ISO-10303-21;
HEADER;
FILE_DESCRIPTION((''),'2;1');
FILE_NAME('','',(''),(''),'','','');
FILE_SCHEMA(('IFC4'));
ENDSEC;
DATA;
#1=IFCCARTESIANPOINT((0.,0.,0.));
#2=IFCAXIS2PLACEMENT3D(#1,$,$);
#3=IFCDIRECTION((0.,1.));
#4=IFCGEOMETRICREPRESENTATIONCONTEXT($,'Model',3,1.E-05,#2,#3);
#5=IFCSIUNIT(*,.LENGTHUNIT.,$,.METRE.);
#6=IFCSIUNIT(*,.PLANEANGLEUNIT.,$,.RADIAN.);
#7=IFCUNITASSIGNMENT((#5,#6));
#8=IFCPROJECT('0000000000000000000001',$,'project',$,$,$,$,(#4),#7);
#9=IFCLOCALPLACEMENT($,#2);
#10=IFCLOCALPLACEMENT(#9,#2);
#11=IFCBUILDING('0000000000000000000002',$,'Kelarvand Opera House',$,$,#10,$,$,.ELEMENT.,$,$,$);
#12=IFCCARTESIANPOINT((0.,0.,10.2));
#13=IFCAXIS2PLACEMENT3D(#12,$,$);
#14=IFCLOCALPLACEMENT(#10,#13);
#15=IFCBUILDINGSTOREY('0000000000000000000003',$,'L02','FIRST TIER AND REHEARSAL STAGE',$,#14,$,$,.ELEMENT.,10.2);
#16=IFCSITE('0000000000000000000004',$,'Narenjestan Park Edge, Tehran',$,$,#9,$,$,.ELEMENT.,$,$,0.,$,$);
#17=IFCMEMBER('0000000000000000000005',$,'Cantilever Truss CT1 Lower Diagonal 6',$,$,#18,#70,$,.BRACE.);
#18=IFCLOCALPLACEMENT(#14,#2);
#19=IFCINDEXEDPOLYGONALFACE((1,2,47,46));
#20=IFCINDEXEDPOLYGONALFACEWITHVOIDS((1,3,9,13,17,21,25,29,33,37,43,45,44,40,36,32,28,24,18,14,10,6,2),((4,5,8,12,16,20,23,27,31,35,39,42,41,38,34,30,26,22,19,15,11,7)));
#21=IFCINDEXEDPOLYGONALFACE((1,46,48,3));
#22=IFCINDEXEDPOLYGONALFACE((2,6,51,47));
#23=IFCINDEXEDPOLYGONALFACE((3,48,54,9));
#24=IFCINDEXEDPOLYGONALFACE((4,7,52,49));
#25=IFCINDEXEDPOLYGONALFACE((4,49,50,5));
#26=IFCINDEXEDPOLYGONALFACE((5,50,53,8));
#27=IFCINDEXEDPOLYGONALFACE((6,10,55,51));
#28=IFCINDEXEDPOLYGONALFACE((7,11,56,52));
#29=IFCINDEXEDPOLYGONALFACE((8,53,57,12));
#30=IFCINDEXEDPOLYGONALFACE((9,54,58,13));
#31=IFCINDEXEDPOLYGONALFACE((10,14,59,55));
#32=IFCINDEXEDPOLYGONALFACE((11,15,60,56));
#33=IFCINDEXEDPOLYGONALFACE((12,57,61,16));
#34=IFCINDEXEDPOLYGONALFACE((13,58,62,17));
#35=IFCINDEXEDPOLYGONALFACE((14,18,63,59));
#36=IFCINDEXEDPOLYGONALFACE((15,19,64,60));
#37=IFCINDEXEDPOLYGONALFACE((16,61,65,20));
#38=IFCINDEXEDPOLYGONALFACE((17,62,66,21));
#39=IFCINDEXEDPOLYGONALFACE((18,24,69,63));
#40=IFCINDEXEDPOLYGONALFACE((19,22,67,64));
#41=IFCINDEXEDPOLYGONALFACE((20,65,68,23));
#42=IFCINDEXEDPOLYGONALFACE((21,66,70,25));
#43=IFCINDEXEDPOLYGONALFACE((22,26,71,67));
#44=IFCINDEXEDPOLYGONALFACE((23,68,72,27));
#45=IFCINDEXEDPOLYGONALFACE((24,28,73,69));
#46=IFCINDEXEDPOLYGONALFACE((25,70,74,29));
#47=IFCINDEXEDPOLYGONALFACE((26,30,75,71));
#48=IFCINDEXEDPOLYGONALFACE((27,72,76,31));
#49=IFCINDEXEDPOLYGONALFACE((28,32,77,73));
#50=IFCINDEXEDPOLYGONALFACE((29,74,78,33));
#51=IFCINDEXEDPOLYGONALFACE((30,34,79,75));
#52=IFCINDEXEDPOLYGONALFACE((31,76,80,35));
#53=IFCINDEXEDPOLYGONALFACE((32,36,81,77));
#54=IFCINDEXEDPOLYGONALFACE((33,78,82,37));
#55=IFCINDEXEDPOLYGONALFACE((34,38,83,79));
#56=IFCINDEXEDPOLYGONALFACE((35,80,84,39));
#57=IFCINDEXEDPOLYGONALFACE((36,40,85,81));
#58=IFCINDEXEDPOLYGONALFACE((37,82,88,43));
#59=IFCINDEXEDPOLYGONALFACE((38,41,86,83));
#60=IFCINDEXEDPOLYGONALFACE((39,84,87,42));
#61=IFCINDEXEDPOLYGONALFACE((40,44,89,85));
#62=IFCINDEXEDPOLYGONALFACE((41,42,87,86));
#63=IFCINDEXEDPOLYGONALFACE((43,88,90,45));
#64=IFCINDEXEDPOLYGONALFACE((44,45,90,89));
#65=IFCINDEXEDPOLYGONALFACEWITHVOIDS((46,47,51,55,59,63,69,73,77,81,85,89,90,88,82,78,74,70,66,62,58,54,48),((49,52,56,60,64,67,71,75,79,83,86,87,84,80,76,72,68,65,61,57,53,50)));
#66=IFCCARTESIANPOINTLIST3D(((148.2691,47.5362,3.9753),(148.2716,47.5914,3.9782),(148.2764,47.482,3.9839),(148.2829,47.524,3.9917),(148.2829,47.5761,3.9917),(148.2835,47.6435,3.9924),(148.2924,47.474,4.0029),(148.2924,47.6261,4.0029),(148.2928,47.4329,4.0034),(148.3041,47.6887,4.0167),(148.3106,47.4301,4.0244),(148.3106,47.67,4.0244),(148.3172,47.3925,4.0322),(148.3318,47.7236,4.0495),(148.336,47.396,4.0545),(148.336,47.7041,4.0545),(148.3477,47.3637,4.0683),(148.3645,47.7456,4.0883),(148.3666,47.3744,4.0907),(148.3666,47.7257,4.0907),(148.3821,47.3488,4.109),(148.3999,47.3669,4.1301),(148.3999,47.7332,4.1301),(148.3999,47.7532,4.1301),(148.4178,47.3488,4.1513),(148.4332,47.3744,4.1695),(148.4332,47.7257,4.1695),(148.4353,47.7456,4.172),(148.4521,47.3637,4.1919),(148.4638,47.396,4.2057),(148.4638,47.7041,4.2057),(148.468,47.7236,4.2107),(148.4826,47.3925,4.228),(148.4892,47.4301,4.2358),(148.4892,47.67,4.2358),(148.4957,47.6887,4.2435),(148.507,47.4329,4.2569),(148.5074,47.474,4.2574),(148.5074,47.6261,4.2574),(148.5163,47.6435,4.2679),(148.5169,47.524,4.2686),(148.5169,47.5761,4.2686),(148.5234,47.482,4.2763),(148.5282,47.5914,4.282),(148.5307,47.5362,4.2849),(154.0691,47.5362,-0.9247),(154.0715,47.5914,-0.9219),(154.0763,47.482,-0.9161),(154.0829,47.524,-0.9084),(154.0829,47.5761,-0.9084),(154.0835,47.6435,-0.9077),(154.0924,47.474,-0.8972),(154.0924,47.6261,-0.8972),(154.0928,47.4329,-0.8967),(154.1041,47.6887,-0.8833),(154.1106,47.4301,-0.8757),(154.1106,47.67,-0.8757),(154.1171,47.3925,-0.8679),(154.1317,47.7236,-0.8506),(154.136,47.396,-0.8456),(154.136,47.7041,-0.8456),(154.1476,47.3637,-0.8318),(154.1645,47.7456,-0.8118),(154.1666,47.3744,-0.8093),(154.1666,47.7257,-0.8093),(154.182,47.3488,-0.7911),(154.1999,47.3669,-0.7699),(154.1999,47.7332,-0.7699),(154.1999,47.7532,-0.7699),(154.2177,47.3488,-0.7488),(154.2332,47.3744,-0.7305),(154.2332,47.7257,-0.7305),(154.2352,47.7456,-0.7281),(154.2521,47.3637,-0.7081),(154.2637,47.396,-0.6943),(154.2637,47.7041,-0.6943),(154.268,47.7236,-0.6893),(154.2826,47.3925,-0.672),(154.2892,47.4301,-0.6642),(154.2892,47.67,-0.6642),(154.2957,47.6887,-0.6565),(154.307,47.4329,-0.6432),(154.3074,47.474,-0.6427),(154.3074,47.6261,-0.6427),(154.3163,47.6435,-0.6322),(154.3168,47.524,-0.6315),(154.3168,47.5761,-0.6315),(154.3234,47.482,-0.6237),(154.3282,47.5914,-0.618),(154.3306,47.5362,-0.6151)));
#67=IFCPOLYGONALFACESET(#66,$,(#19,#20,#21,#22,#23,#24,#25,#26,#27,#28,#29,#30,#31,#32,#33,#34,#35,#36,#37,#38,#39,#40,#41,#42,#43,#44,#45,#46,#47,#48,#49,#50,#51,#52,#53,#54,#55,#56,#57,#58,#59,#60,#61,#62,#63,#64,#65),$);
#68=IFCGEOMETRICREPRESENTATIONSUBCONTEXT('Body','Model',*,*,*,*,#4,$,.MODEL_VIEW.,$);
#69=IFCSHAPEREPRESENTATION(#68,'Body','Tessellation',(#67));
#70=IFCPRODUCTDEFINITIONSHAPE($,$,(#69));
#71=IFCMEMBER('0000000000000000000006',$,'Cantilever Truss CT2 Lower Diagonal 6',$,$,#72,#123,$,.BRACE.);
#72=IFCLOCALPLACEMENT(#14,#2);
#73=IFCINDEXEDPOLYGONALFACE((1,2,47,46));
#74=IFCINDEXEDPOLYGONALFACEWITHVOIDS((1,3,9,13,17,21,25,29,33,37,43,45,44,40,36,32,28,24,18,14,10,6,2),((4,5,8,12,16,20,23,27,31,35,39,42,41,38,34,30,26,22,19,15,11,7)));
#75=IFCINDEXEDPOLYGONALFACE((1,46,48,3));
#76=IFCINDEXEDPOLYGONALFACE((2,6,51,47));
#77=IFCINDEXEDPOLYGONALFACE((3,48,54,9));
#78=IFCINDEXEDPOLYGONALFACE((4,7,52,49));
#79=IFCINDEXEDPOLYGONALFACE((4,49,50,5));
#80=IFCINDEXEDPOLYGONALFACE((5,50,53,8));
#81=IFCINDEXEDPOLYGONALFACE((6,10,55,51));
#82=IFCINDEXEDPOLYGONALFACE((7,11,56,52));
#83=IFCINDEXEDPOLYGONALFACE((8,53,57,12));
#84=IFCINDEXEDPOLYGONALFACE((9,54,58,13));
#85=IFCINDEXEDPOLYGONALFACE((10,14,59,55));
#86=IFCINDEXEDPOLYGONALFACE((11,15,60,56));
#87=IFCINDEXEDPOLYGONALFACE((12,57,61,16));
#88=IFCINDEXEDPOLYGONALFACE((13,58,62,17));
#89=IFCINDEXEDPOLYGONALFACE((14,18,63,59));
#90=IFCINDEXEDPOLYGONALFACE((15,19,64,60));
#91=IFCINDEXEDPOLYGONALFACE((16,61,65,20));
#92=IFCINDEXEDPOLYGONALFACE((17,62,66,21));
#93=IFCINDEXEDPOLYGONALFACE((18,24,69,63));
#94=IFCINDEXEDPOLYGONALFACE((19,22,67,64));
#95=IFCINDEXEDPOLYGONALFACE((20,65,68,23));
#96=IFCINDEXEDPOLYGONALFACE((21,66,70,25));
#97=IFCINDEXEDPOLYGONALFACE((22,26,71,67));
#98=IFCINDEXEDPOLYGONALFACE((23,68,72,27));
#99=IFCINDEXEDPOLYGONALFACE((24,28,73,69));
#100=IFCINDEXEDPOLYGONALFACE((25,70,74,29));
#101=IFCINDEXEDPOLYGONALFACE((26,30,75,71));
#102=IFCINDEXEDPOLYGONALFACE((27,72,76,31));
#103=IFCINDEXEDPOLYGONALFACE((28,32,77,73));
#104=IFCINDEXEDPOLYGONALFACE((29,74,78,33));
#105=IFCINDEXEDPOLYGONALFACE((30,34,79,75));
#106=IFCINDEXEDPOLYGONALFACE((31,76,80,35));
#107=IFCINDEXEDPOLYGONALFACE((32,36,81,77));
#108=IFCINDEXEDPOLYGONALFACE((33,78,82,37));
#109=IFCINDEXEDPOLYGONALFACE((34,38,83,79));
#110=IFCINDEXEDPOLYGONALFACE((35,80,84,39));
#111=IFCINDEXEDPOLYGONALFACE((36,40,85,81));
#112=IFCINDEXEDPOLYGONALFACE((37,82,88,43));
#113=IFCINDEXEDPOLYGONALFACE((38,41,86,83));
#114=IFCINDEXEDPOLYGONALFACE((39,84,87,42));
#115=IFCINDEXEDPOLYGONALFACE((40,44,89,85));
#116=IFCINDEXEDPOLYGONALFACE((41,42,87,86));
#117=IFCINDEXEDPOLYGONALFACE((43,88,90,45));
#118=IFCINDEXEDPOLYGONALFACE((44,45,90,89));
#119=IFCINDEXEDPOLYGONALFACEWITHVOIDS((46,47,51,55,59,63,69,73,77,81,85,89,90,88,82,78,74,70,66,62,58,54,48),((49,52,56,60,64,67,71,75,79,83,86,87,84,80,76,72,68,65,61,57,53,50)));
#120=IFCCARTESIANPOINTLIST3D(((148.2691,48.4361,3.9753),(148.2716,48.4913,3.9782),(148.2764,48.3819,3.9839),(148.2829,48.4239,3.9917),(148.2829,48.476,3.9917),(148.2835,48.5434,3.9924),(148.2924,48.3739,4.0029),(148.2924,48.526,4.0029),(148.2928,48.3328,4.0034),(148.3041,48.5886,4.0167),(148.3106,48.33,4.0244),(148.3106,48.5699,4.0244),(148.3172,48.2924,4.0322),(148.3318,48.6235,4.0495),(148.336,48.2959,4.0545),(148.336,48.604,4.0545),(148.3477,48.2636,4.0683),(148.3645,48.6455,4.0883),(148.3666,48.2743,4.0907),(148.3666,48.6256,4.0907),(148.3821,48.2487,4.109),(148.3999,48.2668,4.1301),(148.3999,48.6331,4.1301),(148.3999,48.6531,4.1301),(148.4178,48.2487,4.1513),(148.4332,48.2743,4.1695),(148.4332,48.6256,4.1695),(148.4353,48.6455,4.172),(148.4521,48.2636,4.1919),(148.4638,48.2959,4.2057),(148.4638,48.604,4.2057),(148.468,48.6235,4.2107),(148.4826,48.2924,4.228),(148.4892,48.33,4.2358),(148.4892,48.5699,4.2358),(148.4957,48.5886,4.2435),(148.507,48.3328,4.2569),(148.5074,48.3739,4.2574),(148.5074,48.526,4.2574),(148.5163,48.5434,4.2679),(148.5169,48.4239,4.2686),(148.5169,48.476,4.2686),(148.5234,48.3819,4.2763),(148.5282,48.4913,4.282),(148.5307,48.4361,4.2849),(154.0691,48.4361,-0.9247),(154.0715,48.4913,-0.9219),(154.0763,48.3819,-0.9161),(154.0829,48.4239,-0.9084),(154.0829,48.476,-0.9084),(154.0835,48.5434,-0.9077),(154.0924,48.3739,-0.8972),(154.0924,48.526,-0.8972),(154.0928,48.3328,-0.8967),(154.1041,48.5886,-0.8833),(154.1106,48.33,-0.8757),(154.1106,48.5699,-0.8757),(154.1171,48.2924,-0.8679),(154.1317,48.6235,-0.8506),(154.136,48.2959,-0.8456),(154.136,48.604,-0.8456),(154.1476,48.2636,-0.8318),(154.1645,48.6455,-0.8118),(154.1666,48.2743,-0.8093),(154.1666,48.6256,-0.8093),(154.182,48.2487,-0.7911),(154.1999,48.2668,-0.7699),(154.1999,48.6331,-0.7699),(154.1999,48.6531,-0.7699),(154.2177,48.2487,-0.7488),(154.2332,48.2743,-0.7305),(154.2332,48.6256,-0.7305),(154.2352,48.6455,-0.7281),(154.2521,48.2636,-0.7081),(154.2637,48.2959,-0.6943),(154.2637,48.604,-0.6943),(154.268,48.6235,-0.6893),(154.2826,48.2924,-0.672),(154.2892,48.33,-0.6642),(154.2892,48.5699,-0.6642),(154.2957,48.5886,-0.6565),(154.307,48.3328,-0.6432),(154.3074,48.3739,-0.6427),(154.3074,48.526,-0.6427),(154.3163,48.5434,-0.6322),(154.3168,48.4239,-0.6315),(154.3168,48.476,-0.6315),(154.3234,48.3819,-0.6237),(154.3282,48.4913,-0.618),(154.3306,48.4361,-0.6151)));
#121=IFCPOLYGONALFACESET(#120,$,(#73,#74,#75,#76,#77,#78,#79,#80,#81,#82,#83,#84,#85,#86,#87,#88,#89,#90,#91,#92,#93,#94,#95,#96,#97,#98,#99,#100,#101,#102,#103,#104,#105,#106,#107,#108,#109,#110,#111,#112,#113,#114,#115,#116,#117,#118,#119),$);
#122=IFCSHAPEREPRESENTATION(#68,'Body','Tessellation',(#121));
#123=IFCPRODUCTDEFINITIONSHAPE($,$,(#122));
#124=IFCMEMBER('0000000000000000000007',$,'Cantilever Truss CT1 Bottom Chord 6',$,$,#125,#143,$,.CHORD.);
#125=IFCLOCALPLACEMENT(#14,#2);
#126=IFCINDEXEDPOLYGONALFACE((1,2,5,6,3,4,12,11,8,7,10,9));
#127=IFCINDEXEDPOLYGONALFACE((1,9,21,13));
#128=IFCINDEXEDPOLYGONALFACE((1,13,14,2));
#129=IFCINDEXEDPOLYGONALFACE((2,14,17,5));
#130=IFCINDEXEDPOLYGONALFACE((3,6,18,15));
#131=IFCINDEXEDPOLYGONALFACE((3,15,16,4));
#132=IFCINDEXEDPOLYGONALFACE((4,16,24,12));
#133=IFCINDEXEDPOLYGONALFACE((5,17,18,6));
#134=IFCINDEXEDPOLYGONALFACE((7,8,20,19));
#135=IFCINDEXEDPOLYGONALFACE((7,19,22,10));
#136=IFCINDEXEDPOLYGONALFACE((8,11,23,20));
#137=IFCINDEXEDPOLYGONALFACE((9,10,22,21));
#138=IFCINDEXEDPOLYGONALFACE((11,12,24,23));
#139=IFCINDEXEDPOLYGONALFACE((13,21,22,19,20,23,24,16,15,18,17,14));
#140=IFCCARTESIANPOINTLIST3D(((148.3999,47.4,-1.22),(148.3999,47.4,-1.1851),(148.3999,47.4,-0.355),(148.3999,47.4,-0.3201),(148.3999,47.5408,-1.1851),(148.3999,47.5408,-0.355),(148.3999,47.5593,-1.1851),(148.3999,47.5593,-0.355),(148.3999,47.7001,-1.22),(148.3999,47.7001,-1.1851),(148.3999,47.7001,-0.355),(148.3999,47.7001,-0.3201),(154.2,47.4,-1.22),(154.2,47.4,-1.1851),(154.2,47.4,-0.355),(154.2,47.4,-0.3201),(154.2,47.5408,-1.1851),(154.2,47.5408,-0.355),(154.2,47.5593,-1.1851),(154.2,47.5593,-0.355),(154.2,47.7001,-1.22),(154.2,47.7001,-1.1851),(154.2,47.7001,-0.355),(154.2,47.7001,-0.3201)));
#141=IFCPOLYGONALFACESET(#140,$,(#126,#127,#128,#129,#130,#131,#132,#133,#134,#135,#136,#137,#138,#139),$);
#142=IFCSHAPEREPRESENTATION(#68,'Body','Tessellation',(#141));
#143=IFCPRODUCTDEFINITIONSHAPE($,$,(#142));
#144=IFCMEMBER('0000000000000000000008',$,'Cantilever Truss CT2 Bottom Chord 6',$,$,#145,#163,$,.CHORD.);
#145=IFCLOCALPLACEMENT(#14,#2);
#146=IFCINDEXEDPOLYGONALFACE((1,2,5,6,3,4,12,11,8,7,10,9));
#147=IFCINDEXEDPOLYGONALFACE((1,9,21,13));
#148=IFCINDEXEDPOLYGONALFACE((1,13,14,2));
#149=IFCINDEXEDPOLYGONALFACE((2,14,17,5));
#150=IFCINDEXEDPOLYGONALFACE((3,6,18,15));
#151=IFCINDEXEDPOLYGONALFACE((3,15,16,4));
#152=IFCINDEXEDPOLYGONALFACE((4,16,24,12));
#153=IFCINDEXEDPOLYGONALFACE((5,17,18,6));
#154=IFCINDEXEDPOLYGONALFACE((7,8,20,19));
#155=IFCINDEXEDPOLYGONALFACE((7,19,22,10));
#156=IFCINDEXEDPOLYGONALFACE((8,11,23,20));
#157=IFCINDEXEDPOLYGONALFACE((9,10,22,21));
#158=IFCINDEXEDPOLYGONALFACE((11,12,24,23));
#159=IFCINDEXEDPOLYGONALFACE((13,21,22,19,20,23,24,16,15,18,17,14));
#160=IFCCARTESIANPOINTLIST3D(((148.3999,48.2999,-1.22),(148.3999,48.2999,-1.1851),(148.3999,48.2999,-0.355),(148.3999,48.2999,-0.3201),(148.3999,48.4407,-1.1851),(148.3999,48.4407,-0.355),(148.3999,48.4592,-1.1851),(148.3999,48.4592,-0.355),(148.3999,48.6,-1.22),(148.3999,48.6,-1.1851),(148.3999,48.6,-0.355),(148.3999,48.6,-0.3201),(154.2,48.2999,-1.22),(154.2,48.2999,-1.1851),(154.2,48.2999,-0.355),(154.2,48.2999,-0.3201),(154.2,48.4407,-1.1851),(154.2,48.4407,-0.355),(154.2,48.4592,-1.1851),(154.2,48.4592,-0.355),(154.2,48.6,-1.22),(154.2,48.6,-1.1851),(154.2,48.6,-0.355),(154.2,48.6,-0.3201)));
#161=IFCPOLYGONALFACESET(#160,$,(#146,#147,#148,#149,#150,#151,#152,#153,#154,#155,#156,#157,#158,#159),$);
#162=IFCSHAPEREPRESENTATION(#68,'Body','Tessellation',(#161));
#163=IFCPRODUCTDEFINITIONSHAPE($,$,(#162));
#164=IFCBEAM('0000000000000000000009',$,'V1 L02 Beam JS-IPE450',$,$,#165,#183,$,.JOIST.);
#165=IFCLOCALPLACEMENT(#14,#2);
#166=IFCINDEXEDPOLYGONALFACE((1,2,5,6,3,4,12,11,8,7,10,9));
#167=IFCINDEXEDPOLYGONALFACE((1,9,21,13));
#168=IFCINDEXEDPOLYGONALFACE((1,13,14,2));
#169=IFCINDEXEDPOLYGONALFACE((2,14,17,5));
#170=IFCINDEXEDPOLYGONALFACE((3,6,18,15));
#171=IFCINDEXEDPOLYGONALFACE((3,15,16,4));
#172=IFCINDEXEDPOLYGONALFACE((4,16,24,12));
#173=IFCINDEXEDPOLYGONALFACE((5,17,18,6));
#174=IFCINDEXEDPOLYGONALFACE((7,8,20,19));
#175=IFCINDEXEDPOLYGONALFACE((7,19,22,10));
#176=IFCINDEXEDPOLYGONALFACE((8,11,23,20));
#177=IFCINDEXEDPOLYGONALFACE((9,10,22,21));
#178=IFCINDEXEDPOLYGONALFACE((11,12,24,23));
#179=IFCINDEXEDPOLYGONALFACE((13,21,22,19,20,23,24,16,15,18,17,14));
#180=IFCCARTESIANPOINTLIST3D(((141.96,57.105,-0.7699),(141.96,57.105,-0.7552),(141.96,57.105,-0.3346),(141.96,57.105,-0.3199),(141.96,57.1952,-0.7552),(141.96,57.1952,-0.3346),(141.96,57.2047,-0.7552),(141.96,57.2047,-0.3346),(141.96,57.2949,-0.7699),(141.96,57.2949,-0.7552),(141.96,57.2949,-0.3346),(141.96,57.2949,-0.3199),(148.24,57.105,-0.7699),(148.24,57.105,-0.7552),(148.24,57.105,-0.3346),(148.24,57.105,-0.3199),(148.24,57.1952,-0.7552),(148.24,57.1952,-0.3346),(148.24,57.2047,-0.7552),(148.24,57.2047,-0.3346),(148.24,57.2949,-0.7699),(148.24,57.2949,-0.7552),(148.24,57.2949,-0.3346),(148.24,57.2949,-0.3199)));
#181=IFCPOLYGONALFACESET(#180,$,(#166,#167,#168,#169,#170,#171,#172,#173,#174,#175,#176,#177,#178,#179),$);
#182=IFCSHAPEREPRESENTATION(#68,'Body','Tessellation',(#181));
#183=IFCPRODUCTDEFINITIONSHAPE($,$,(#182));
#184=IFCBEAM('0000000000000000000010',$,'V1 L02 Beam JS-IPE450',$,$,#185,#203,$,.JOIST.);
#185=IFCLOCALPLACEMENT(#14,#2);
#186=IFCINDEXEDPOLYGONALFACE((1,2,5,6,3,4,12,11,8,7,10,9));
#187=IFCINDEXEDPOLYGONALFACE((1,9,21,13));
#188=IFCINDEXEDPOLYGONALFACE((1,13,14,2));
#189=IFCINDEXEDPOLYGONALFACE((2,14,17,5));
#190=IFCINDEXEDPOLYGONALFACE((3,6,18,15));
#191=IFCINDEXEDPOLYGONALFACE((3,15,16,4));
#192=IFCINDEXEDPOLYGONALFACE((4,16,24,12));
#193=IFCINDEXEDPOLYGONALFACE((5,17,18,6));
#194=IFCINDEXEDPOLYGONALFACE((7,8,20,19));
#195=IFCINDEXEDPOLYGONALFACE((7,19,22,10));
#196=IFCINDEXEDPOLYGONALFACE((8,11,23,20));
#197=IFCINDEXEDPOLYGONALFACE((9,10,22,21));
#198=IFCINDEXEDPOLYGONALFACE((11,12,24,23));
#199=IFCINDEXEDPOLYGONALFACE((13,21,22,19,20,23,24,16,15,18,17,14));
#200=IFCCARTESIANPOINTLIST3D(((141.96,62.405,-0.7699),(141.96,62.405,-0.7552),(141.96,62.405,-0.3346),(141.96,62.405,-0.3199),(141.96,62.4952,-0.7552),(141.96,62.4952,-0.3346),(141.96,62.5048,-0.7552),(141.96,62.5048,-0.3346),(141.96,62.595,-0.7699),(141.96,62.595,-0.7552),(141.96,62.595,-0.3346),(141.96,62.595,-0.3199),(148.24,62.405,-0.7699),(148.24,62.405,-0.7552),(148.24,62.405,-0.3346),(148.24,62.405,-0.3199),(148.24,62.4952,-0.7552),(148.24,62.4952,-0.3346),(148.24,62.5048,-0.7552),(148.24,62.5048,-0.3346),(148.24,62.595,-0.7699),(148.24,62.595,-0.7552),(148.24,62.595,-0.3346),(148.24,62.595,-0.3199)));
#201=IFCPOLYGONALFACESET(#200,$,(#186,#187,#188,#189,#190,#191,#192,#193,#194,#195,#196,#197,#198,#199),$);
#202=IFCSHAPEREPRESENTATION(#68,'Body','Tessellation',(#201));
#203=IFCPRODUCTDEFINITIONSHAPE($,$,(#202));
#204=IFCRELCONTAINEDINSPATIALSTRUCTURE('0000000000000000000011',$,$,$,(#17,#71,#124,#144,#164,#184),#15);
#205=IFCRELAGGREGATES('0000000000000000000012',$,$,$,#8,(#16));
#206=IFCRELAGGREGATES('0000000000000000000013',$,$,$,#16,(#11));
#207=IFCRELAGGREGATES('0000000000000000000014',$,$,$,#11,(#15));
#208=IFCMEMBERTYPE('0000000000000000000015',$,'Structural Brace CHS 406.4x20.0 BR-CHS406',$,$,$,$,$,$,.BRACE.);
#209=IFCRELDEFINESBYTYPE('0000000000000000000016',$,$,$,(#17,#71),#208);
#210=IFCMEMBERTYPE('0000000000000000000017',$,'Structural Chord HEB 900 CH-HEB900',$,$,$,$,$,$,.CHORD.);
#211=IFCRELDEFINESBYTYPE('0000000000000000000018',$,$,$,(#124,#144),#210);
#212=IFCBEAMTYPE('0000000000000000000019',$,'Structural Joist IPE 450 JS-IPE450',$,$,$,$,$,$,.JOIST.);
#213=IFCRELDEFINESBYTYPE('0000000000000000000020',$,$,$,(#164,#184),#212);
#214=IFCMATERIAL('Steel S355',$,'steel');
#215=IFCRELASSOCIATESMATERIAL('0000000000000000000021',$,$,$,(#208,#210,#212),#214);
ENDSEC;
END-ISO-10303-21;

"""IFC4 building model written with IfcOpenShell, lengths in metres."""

from ifc_helpers import new_model, si_unit, direction, frame, origin, origin_2d, place, context, subcontext, project, spatial, hollow_circle, i_section, extrude, material, material_profile, profile_set, type_object, element, save


model = new_model("IFC4")

# Units and contexts
model_context = context("Model", 3, precision=1e-05, world=origin(), true_north=direction((0.0, 1.0)))
body_context = subcontext(model_context, "Body", "Model", "MODEL_VIEW")
ifc_project = project(units=[si_unit("LENGTHUNIT", "METRE"), si_unit("PLANEANGLEUNIT", "RADIAN")], contexts=[model_context])

# Site, building, storey
site_placement = place(None, origin())
site = spatial("IfcSite", under=ifc_project, at=site_placement, Name="Narenjestan Park Edge, Tehran", CompositionType="ELEMENT", RefElevation=0.0)
building_placement = place(site_placement, origin())
building = spatial("IfcBuilding", under=site, at=building_placement, Name="Kelarvand Opera House", CompositionType="ELEMENT")
storey_placement = place(building_placement, frame((0.0, 0.0, 10.2)))
storey = spatial("IfcBuildingStorey", under=building, at=storey_placement, Name="L02", Description="FIRST TIER AND REHEARSAL STAGE", CompositionType="ELEMENT", Elevation=10.2)

# Members
ifc_material_1 = material(Name="Steel S355", Category="steel")
ifc_material_profile_1 = material_profile(ifc_material_1, hollow_circle(Radius=0.2031, WallThickness=0.02, at=origin_2d()), Name="CHS 406.4x20.0", Category="steel")
ifc_profile_set_1 = profile_set([ifc_material_profile_1], Name="Steel S355")
member_type_1 = type_object("IfcMemberType", Name="Structural Brace CHS 406.4x20.0 BR-CHS406", PredefinedType="BRACE", material=ifc_profile_set_1)
for number, where, z_axis, x_axis, name in (
    (1, (148.3999, 47.55, 4.1301), (0.763879, 0.0, -0.64536), (0.0, 1.0, 0.0), "Cantilever Truss CT1 Lower Diagonal 6"),
    (2, (148.3999, 48.45, 4.1301), (0.763879, 0.0, -0.64536), (0.0, 1.0, 0.0), "Cantilever Truss CT2 Lower Diagonal 6"),
):
    element("IfcMember", number, at=place(storey_placement, frame(where, z_axis=z_axis, x_axis=x_axis)), inside=storey, type_object=member_type_1, Name=name, PredefinedType="BRACE", context=body_context, shape_type="SweptSolid", body=[
        extrude(hollow_circle(Radius=0.2031, WallThickness=0.02, at=origin_2d()), origin(), (0.0, 0.0, 1.0), 7.5928),
    ])
ifc_material_profile_2 = material_profile(ifc_material_1, i_section(OverallWidth=0.3, OverallDepth=0.8999, WebThickness=0.0186, FlangeThickness=0.0349, at=origin_2d()), Name="HEB 900", Category="steel")
ifc_profile_set_2 = profile_set([ifc_material_profile_2], Name="Steel S355")
member_type_2 = type_object("IfcMemberType", Name="Structural Chord HEB 900 CH-HEB900", PredefinedType="CHORD", material=ifc_profile_set_2)
for number, where, z_axis, x_axis, name in (
    (3, (148.3999, 47.55, -0.77), (1.0, 0.0, 0.0), (0.0, 1.0, 0.0), "Cantilever Truss CT1 Bottom Chord 6"),
    (4, (148.3999, 48.45, -0.77), (1.0, 0.0, 0.0), (0.0, 1.0, 0.0), "Cantilever Truss CT2 Bottom Chord 6"),
):
    element("IfcMember", number, at=place(storey_placement, frame(where, z_axis=z_axis, x_axis=x_axis)), inside=storey, type_object=member_type_2, Name=name, PredefinedType="CHORD", context=body_context, shape_type="SweptSolid", body=[
        extrude(i_section(OverallWidth=0.3, OverallDepth=0.8999, WebThickness=0.0186, FlangeThickness=0.0349, at=origin_2d()), origin(), (0.0, 0.0, 1.0), 5.8),
    ])

# Beams
ifc_material_profile_3 = material_profile(ifc_material_1, i_section(OverallWidth=0.1899, OverallDepth=0.45, WebThickness=0.0095, FlangeThickness=0.0146, at=origin_2d()), Name="IPE 450", Category="steel")
ifc_profile_set_3 = profile_set([ifc_material_profile_3], Name="Steel S355")
beam_type = type_object("IfcBeamType", Name="Structural Joist IPE 450 JS-IPE450", PredefinedType="JOIST", material=ifc_profile_set_3)
for number, where, z_axis, x_axis, name in (
    (5, (141.96, 57.2, -0.5449), (1.0, 0.0, 0.0), (0.0, 1.0, 0.0), "V1 L02 Beam JS-IPE450"),
    (6, (141.96, 62.5, -0.5449), (1.0, 0.0, 0.0), (0.0, 1.0, 0.0), "V1 L02 Beam JS-IPE450"),
):
    element("IfcBeam", number, at=place(storey_placement, frame(where, z_axis=z_axis, x_axis=x_axis)), inside=storey, type_object=beam_type, Name=name, PredefinedType="JOIST", context=body_context, shape_type="SweptSolid", body=[
        extrude(i_section(OverallWidth=0.1899, OverallDepth=0.45, WebThickness=0.0095, FlangeThickness=0.0146, at=origin_2d()), origin(), (0.0, 0.0, 1.0), 6.28),
    ])

save(model, "model.ifc")
